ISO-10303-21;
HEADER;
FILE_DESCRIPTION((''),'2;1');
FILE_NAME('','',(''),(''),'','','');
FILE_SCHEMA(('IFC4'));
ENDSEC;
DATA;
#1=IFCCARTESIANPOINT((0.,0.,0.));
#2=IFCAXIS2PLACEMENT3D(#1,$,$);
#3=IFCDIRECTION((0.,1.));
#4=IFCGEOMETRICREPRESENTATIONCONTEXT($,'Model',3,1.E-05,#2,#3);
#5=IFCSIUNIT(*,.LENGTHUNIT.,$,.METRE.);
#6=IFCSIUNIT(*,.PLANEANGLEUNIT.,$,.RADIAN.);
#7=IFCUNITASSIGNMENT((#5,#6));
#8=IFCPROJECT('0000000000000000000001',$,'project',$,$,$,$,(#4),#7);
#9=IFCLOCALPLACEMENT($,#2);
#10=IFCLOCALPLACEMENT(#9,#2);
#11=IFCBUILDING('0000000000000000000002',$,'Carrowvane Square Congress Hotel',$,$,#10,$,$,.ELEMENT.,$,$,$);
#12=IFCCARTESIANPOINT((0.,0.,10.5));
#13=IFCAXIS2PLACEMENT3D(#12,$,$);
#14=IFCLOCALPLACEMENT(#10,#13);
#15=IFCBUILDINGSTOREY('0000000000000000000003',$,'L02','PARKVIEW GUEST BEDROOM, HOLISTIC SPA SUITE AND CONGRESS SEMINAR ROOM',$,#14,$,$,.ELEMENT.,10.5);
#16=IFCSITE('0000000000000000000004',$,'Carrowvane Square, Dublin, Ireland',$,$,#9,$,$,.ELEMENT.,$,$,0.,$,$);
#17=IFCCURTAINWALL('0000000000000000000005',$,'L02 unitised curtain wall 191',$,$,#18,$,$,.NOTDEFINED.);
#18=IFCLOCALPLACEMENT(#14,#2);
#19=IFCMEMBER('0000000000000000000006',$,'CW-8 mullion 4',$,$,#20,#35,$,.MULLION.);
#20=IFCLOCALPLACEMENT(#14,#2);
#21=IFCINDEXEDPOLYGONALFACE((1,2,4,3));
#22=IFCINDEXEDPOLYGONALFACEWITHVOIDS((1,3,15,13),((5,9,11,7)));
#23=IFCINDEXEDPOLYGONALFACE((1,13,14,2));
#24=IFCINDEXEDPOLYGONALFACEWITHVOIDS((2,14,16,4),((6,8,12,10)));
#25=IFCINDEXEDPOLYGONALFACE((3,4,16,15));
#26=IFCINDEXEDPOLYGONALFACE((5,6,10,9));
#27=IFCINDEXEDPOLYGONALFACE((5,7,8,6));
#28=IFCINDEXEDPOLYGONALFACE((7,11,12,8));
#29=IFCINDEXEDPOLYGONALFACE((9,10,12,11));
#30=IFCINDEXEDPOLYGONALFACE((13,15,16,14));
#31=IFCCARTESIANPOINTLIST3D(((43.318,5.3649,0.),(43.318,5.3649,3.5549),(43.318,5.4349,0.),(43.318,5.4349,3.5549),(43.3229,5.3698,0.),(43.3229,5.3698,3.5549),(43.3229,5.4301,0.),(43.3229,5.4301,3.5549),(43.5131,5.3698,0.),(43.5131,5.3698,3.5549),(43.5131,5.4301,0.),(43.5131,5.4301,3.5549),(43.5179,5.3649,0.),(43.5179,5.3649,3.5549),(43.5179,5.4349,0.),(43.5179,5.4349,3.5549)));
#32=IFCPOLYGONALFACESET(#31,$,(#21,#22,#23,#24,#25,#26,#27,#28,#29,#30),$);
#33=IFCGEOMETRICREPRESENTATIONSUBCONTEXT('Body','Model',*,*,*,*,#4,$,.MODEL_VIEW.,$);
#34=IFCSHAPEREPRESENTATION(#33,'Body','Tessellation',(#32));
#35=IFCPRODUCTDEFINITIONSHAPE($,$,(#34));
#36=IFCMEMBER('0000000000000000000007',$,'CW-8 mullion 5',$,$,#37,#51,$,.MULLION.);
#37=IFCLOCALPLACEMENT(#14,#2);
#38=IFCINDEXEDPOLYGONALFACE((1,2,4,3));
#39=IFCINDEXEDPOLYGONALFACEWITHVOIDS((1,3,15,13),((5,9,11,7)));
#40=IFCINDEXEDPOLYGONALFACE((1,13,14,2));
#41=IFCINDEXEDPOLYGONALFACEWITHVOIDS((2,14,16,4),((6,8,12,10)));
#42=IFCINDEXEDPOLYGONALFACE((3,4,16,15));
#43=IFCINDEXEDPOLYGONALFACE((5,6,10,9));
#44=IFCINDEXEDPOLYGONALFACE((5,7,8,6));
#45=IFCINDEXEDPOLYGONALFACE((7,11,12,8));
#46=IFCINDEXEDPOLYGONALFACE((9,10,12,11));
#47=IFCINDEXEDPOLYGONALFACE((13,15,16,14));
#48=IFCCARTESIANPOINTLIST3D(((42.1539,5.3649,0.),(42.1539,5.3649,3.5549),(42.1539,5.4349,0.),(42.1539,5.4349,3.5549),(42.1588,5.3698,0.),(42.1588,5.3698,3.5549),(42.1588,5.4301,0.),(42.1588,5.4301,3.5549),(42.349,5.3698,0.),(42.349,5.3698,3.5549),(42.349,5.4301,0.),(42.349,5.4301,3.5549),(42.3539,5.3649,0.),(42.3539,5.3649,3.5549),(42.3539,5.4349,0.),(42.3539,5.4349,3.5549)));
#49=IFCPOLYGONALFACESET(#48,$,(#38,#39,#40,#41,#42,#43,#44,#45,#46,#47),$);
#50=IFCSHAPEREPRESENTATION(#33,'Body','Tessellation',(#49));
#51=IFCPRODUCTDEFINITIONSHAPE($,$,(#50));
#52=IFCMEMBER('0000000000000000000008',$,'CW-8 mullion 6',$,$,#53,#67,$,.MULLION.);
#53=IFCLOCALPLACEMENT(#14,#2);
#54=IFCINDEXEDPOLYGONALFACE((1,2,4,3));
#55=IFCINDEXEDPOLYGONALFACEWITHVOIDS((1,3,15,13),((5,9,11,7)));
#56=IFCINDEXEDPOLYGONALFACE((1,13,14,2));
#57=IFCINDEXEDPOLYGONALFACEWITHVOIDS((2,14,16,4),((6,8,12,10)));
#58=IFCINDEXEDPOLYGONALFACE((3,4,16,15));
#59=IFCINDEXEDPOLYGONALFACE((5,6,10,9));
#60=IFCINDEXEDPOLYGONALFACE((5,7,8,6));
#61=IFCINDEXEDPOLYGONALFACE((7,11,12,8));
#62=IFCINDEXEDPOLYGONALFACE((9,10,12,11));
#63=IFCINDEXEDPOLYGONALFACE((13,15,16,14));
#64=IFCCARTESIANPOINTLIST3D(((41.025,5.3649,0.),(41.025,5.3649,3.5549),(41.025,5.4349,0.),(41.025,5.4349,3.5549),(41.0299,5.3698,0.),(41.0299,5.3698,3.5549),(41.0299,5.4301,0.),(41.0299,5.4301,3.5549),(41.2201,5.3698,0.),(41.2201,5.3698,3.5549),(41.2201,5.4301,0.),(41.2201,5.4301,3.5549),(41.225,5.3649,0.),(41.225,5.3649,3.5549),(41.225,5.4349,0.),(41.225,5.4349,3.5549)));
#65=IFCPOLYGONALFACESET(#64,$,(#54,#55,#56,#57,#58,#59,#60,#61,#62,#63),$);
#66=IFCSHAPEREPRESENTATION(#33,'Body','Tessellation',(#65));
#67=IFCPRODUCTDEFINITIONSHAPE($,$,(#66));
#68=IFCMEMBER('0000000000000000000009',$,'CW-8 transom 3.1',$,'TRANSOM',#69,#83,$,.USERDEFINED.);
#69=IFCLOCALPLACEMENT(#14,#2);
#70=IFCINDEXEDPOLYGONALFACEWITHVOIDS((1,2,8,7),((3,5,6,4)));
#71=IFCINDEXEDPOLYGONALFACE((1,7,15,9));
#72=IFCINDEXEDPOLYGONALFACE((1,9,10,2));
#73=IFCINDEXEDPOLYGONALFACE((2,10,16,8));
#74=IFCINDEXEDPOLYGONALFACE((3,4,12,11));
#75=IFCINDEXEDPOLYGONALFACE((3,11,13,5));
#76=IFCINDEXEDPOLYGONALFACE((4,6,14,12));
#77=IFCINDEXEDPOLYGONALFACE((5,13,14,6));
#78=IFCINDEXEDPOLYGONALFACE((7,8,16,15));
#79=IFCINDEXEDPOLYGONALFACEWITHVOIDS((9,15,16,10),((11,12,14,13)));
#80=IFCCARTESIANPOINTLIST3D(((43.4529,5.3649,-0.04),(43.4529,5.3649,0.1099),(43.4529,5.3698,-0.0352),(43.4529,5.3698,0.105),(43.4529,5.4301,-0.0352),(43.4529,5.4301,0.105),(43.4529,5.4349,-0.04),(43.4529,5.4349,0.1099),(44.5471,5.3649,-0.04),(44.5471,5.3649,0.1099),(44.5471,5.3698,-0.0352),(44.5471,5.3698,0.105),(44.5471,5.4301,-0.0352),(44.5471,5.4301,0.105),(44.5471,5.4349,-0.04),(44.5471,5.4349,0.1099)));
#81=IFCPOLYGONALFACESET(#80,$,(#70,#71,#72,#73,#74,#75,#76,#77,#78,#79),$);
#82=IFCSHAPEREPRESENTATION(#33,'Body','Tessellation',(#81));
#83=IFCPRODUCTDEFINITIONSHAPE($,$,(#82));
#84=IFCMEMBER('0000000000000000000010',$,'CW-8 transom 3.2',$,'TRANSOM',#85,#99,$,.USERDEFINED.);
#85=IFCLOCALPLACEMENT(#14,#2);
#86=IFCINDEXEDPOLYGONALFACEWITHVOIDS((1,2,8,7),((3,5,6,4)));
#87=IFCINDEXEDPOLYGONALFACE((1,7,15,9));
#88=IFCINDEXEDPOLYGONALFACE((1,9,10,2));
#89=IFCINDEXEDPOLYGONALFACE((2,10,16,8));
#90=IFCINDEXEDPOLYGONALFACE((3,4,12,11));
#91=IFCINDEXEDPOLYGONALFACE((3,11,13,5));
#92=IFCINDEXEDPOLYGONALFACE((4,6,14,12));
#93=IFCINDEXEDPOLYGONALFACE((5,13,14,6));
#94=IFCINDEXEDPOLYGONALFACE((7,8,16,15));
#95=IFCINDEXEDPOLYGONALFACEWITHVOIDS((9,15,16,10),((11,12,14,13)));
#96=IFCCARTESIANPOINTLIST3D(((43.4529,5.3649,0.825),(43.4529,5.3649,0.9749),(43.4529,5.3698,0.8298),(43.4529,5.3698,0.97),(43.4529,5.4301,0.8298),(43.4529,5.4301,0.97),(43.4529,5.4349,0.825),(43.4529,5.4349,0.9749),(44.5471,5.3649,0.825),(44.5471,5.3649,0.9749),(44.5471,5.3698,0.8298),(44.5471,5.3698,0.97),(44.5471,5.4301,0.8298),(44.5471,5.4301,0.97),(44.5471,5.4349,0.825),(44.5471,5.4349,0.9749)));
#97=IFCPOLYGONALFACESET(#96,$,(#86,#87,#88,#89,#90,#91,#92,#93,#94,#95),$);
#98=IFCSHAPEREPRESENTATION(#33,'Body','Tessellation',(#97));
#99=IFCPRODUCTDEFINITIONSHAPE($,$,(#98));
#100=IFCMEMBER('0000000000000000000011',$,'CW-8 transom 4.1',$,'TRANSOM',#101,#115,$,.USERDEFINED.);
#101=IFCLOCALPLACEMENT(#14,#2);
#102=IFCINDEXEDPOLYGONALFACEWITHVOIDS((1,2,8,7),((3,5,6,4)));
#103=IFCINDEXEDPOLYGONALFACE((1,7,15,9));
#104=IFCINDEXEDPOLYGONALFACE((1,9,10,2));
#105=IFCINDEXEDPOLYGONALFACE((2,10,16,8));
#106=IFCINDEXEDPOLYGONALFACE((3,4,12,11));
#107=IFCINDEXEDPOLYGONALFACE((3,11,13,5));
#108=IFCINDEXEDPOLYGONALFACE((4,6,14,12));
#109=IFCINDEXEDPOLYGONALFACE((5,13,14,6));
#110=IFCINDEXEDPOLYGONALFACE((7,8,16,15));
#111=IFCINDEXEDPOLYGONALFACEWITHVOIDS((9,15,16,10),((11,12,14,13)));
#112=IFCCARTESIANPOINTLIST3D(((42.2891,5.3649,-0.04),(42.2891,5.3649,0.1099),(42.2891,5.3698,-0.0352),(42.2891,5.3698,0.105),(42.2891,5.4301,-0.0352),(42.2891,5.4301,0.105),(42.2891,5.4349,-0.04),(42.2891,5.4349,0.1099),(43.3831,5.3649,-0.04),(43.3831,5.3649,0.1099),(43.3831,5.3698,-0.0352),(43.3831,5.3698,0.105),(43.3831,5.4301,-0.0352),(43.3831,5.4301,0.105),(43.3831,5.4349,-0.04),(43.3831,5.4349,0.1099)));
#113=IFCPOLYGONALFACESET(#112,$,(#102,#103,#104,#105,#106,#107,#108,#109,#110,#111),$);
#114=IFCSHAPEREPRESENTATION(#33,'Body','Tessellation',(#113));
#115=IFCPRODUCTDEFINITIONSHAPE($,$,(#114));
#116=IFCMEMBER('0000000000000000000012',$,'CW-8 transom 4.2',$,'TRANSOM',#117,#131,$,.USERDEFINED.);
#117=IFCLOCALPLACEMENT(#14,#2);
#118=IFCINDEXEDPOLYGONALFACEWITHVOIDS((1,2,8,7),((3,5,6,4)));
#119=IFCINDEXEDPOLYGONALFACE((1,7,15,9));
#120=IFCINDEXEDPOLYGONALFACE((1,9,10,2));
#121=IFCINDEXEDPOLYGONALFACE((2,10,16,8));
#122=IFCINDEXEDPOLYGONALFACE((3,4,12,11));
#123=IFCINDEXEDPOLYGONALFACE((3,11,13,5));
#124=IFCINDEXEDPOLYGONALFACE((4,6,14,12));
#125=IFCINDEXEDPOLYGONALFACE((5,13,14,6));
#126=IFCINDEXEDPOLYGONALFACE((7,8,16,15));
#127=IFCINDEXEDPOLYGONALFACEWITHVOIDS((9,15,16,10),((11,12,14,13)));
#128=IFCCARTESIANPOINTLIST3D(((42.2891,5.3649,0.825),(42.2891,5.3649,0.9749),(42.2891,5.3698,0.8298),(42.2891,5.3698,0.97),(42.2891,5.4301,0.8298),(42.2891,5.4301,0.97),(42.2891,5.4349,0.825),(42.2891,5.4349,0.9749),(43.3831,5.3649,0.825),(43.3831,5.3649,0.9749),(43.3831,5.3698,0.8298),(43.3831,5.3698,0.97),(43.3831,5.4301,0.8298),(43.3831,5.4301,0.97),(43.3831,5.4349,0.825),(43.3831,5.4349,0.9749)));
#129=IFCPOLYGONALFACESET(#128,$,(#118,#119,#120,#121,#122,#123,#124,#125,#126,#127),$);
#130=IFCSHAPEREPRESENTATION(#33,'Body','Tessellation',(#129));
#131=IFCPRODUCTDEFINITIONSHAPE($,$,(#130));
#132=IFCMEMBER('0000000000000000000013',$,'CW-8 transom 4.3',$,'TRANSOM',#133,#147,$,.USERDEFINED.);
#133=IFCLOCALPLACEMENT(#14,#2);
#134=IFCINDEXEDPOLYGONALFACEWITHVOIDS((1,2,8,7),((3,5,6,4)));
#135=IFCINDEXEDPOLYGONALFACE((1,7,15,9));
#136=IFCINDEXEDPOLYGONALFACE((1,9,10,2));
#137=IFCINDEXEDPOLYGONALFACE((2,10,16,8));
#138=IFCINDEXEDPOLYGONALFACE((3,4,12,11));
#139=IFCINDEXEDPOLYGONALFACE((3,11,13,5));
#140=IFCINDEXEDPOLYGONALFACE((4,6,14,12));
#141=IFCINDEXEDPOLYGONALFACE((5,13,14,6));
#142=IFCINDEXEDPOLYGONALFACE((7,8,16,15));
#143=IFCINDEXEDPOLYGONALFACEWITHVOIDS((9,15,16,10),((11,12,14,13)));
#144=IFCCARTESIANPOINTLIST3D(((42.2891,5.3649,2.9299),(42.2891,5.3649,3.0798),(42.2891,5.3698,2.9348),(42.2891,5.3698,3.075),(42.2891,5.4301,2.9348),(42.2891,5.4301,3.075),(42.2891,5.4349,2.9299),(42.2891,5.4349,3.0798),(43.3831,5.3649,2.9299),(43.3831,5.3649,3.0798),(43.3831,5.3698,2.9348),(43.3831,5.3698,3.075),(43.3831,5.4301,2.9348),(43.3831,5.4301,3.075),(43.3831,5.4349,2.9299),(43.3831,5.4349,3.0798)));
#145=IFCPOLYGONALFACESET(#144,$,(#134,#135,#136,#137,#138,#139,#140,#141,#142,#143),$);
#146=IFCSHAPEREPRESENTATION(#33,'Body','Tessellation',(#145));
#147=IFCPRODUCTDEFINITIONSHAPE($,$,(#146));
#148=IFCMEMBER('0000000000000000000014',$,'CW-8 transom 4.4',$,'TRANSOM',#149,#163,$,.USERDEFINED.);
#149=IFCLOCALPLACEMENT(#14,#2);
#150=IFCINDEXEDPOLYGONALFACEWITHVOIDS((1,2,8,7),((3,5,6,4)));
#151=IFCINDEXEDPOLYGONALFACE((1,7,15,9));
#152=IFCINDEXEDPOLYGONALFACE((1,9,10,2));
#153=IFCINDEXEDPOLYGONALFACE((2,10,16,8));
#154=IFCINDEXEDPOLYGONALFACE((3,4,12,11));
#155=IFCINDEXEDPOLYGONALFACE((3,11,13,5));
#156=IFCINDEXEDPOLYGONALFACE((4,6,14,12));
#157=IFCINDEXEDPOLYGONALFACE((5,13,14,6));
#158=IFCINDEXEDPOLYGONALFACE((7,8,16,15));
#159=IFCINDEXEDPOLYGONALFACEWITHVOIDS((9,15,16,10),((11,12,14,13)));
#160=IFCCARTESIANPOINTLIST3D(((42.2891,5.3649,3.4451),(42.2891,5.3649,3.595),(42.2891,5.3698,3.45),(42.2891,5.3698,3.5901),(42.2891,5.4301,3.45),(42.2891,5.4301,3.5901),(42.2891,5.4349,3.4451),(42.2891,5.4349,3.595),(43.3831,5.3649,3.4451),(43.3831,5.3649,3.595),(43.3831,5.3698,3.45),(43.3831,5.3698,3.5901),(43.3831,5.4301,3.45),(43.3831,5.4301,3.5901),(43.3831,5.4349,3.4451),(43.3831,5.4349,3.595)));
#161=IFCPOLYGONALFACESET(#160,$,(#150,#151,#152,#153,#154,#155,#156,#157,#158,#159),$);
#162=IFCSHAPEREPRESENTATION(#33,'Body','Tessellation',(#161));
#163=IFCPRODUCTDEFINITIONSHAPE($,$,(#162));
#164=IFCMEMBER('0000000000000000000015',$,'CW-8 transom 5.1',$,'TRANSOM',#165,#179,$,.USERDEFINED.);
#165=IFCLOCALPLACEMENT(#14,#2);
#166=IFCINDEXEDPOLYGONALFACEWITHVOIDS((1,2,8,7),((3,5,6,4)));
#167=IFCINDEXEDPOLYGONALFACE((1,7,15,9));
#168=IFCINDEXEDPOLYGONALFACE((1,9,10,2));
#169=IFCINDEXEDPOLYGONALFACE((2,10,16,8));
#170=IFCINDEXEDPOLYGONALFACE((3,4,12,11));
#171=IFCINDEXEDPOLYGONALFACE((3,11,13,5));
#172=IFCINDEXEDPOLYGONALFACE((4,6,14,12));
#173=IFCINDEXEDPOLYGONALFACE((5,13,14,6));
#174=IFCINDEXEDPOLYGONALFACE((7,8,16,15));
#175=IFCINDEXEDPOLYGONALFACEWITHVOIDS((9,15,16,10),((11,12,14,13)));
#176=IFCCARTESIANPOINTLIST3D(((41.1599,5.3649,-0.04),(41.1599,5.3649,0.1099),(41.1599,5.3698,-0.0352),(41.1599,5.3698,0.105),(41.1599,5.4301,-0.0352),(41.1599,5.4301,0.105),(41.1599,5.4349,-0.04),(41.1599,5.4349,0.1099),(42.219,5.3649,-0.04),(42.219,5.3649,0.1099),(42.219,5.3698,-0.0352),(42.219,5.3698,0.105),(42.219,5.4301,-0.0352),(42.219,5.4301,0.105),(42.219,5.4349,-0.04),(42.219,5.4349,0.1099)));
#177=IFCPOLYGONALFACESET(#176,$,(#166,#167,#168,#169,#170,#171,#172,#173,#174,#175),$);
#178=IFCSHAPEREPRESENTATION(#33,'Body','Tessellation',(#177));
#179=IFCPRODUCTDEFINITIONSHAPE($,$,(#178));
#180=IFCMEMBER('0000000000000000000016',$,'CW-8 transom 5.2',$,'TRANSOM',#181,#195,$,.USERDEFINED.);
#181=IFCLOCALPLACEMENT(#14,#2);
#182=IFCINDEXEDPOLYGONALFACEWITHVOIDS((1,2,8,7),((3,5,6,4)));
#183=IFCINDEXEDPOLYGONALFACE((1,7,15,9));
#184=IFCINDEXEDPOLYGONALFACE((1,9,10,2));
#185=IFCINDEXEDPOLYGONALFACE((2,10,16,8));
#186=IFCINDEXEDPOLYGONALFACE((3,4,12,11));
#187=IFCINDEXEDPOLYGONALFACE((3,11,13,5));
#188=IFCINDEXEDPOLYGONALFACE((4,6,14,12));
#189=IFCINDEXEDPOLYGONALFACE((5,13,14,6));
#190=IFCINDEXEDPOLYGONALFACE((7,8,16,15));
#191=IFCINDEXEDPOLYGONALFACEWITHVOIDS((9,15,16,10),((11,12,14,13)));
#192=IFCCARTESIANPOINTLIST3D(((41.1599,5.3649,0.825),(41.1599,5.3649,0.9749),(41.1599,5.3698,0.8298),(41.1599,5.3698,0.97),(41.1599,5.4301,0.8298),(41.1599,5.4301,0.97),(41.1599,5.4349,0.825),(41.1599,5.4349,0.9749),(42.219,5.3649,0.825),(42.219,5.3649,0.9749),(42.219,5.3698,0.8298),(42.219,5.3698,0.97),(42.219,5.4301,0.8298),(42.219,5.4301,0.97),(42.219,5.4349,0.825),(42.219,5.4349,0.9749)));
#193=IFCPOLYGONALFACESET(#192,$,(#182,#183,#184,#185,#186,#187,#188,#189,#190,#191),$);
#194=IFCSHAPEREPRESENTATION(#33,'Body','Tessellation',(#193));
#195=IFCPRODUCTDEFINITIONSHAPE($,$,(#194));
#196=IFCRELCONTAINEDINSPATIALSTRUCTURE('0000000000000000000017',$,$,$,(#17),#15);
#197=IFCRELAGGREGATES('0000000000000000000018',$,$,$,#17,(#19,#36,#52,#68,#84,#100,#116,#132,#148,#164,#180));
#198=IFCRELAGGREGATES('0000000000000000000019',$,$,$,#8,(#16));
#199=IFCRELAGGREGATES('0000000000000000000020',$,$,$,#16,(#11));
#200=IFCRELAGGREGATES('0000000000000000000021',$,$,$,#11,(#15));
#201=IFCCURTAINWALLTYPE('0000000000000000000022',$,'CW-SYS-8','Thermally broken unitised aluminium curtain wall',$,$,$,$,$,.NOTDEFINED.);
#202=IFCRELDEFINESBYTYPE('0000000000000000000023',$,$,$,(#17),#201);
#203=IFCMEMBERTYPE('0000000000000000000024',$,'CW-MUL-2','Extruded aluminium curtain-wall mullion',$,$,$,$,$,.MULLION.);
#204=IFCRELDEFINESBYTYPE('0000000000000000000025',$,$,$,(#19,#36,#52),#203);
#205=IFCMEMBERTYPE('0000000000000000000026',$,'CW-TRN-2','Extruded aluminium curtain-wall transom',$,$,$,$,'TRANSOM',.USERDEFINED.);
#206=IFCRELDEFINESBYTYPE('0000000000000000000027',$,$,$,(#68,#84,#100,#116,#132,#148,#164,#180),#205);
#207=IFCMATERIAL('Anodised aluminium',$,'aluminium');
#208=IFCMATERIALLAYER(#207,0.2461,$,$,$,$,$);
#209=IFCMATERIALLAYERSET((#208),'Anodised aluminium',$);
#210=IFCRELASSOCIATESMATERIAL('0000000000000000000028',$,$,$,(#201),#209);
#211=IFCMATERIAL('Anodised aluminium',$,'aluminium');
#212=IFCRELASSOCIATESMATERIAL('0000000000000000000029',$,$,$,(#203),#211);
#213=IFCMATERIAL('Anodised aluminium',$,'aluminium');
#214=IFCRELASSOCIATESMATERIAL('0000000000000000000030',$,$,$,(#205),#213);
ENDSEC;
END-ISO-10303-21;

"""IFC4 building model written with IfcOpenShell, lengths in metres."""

from ifc_helpers import new_model, si_unit, direction, frame, origin, origin_2d, place, context, subcontext, project, spatial, hollow_rectangle, extrude, material, layer, layer_set, material_profile, profile_set, type_object, element, aggregate, save


model = new_model("IFC4")

# Units and contexts
model_context = context("Model", 3, precision=1e-05, world=origin(), true_north=direction((0.0, 1.0)))
body_context = subcontext(model_context, "Body", "Model", "MODEL_VIEW")
ifc_project = project(units=[si_unit("LENGTHUNIT", "METRE"), si_unit("PLANEANGLEUNIT", "RADIAN")], contexts=[model_context])

# Site, building, storey
site_placement = place(None, origin())
site = spatial("IfcSite", under=ifc_project, at=site_placement, Name="Carrowvane Square, Dublin, Ireland", CompositionType="ELEMENT", RefElevation=0.0)
building_placement = place(site_placement, origin())
building = spatial("IfcBuilding", under=site, at=building_placement, Name="Carrowvane Square Congress Hotel", CompositionType="ELEMENT")
storey_placement = place(building_placement, frame((0.0, 0.0, 10.5)))
storey = spatial("IfcBuildingStorey", under=building, at=storey_placement, Name="L02", Description="PARKVIEW GUEST BEDROOM, HOLISTIC SPA SUITE AND CONGRESS SEMINAR ROOM", CompositionType="ELEMENT", Elevation=10.5)

# Curtain wall, members
ifc_material_1 = material(Name="Anodised aluminium", Category="aluminium")
ifc_layer_1 = layer(ifc_material_1, 0.2461)
ifc_layer_set_1 = layer_set([ifc_layer_1], Name="Anodised aluminium")
curtain_wall_type = type_object("IfcCurtainWallType", Name="CW-SYS-8", Description="Thermally broken unitised aluminium curtain wall", PredefinedType="NOTDEFINED", material=ifc_layer_set_1)
curtain_wall_placement = place(storey_placement, origin())
curtain_wall = element("IfcCurtainWall", 1, at=curtain_wall_placement, inside=storey, type_object=curtain_wall_type, Name="L02 unitised curtain wall 191", PredefinedType="NOTDEFINED")
ifc_material_2 = material(Name="Anodised aluminium", Category="aluminium")
ifc_material_profile_1 = material_profile(ifc_material_2, hollow_rectangle(XDim=0.0701, YDim=0.2, WallThickness=0.0049, at=origin_2d()), Name="CW-ML 70x200x5")
ifc_profile_set_1 = profile_set([ifc_material_profile_1], Name="Anodised aluminium")
member_type_1 = type_object("IfcMemberType", Name="CW-MUL-2", Description="Extruded aluminium curtain-wall mullion", PredefinedType="MULLION", material=ifc_profile_set_1)
member_1_placement = place(storey_placement, frame((43.418, 5.3999, 0.0), z_axis=(0.0, 0.0, 1.0), x_axis=(0.0, -1.0, 0.0)))
member_1 = element("IfcMember", 2, at=member_1_placement, type_object=member_type_1, Name="CW-8 mullion 4", PredefinedType="MULLION", context=body_context, shape_type="SweptSolid", body=[
    extrude(hollow_rectangle(XDim=0.0701, YDim=0.2, WallThickness=0.0049, at=origin_2d()), origin(), (0.0, 0.0, 1.0), 3.5549),
])
member_2_placement = place(storey_placement, frame((42.2539, 5.3999, 0.0), z_axis=(0.0, 0.0, 1.0), x_axis=(0.0, -1.0, 0.0)))
member_2 = element("IfcMember", 3, at=member_2_placement, type_object=member_type_1, Name="CW-8 mullion 5", PredefinedType="MULLION", context=body_context, shape_type="SweptSolid", body=[
    extrude(hollow_rectangle(XDim=0.0701, YDim=0.2, WallThickness=0.0049, at=origin_2d()), origin(), (0.0, 0.0, 1.0), 3.5549),
])
member_3_placement = place(storey_placement, frame((41.125, 5.3999, 0.0), z_axis=(0.0, 0.0, 1.0), x_axis=(0.0, -1.0, 0.0)))
member_3 = element("IfcMember", 4, at=member_3_placement, type_object=member_type_1, Name="CW-8 mullion 6", PredefinedType="MULLION", context=body_context, shape_type="SweptSolid", body=[
    extrude(hollow_rectangle(XDim=0.0701, YDim=0.2, WallThickness=0.0049, at=origin_2d()), origin(), (0.0, 0.0, 1.0), 3.5549),
])
ifc_material_3 = material(Name="Anodised aluminium", Category="aluminium")
ifc_material_profile_2 = material_profile(ifc_material_3, hollow_rectangle(XDim=0.0701, YDim=0.1499, WallThickness=0.0049, at=origin_2d()), Name="CW-TR 70x150x5")
ifc_profile_set_2 = profile_set([ifc_material_profile_2], Name="Anodised aluminium")
member_type_2 = type_object("IfcMemberType", Name="CW-TRN-2", Description="Extruded aluminium curtain-wall transom", ElementType="TRANSOM", PredefinedType="USERDEFINED", material=ifc_profile_set_2)
member_4_placement = place(storey_placement, frame((44.5471, 5.3999, 0.0349), z_axis=(-1.0, 0.0, 0.0), x_axis=(0.0, -1.0, 0.0)))
member_4 = element("IfcMember", 5, at=member_4_placement, type_object=member_type_2, Name="CW-8 transom 3.1", ObjectType="TRANSOM", PredefinedType="USERDEFINED", context=body_context, shape_type="SweptSolid", body=[
    extrude(hollow_rectangle(XDim=0.0701, YDim=0.1499, WallThickness=0.0049, at=origin_2d()), origin(), (0.0, 0.0, 1.0), 1.0942),
])
member_5_placement = place(storey_placement, frame((44.5471, 5.3999, 0.8999), z_axis=(-1.0, 0.0, 0.0), x_axis=(0.0, -1.0, 0.0)))
member_5 = element("IfcMember", 6, at=member_5_placement, type_object=member_type_2, Name="CW-8 transom 3.2", ObjectType="TRANSOM", PredefinedType="USERDEFINED", context=body_context, shape_type="SweptSolid", body=[
    extrude(hollow_rectangle(XDim=0.0701, YDim=0.1499, WallThickness=0.0049, at=origin_2d()), origin(), (0.0, 0.0, 1.0), 1.0942),
])
member_6_placement = place(storey_placement, frame((43.3831, 5.3999, 0.0349), z_axis=(-1.0, 0.0, 0.0), x_axis=(0.0, -1.0, 0.0)))
member_6 = element("IfcMember", 7, at=member_6_placement, type_object=member_type_2, Name="CW-8 transom 4.1", ObjectType="TRANSOM", PredefinedType="USERDEFINED", context=body_context, shape_type="SweptSolid", body=[
    extrude(hollow_rectangle(XDim=0.0701, YDim=0.1499, WallThickness=0.0049, at=origin_2d()), origin(), (0.0, 0.0, 1.0), 1.094),
])
member_7_placement = place(storey_placement, frame((43.3831, 5.3999, 0.8999), z_axis=(-1.0, 0.0, 0.0), x_axis=(0.0, -1.0, 0.0)))
member_7 = element("IfcMember", 8, at=member_7_placement, type_object=member_type_2, Name="CW-8 transom 4.2", ObjectType="TRANSOM", PredefinedType="USERDEFINED", context=body_context, shape_type="SweptSolid", body=[
    extrude(hollow_rectangle(XDim=0.0701, YDim=0.1499, WallThickness=0.0049, at=origin_2d()), origin(), (0.0, 0.0, 1.0), 1.094),
])
member_8_placement = place(storey_placement, frame((43.3831, 5.3999, 3.0049), z_axis=(-1.0, 0.0, 0.0), x_axis=(0.0, -1.0, 0.0)))
member_8 = element("IfcMember", 9, at=member_8_placement, type_object=member_type_2, Name="CW-8 transom 4.3", ObjectType="TRANSOM", PredefinedType="USERDEFINED", context=body_context, shape_type="SweptSolid", body=[
    extrude(hollow_rectangle(XDim=0.0701, YDim=0.1499, WallThickness=0.0049, at=origin_2d()), origin(), (0.0, 0.0, 1.0), 1.094),
])
member_9_placement = place(storey_placement, frame((43.3831, 5.3999, 3.52), z_axis=(-1.0, 0.0, 0.0), x_axis=(0.0, -1.0, 0.0)))
member_9 = element("IfcMember", 10, at=member_9_placement, type_object=member_type_2, Name="CW-8 transom 4.4", ObjectType="TRANSOM", PredefinedType="USERDEFINED", context=body_context, shape_type="SweptSolid", body=[
    extrude(hollow_rectangle(XDim=0.0701, YDim=0.1499, WallThickness=0.0049, at=origin_2d()), origin(), (0.0, 0.0, 1.0), 1.094),
])
member_10_placement = place(storey_placement, frame((42.219, 5.3999, 0.0349), z_axis=(-1.0, 0.0, 0.0), x_axis=(0.0, -1.0, 0.0)))
member_10 = element("IfcMember", 11, at=member_10_placement, type_object=member_type_2, Name="CW-8 transom 5.1", ObjectType="TRANSOM", PredefinedType="USERDEFINED", context=body_context, shape_type="SweptSolid", body=[
    extrude(hollow_rectangle(XDim=0.0701, YDim=0.1499, WallThickness=0.0049, at=origin_2d()), origin(), (0.0, 0.0, 1.0), 1.0591),
])
member_11_placement = place(storey_placement, frame((42.219, 5.3999, 0.8999), z_axis=(-1.0, 0.0, 0.0), x_axis=(0.0, -1.0, 0.0)))
member_11 = element("IfcMember", 12, at=member_11_placement, type_object=member_type_2, Name="CW-8 transom 5.2", ObjectType="TRANSOM", PredefinedType="USERDEFINED", context=body_context, shape_type="SweptSolid", body=[
    extrude(hollow_rectangle(XDim=0.0701, YDim=0.1499, WallThickness=0.0049, at=origin_2d()), origin(), (0.0, 0.0, 1.0), 1.0591),
])

aggregate(curtain_wall, [member_1, member_2, member_3, member_4, member_5, member_6, member_7, member_8, member_9, member_10, member_11])

save(model, "model.ifc")
